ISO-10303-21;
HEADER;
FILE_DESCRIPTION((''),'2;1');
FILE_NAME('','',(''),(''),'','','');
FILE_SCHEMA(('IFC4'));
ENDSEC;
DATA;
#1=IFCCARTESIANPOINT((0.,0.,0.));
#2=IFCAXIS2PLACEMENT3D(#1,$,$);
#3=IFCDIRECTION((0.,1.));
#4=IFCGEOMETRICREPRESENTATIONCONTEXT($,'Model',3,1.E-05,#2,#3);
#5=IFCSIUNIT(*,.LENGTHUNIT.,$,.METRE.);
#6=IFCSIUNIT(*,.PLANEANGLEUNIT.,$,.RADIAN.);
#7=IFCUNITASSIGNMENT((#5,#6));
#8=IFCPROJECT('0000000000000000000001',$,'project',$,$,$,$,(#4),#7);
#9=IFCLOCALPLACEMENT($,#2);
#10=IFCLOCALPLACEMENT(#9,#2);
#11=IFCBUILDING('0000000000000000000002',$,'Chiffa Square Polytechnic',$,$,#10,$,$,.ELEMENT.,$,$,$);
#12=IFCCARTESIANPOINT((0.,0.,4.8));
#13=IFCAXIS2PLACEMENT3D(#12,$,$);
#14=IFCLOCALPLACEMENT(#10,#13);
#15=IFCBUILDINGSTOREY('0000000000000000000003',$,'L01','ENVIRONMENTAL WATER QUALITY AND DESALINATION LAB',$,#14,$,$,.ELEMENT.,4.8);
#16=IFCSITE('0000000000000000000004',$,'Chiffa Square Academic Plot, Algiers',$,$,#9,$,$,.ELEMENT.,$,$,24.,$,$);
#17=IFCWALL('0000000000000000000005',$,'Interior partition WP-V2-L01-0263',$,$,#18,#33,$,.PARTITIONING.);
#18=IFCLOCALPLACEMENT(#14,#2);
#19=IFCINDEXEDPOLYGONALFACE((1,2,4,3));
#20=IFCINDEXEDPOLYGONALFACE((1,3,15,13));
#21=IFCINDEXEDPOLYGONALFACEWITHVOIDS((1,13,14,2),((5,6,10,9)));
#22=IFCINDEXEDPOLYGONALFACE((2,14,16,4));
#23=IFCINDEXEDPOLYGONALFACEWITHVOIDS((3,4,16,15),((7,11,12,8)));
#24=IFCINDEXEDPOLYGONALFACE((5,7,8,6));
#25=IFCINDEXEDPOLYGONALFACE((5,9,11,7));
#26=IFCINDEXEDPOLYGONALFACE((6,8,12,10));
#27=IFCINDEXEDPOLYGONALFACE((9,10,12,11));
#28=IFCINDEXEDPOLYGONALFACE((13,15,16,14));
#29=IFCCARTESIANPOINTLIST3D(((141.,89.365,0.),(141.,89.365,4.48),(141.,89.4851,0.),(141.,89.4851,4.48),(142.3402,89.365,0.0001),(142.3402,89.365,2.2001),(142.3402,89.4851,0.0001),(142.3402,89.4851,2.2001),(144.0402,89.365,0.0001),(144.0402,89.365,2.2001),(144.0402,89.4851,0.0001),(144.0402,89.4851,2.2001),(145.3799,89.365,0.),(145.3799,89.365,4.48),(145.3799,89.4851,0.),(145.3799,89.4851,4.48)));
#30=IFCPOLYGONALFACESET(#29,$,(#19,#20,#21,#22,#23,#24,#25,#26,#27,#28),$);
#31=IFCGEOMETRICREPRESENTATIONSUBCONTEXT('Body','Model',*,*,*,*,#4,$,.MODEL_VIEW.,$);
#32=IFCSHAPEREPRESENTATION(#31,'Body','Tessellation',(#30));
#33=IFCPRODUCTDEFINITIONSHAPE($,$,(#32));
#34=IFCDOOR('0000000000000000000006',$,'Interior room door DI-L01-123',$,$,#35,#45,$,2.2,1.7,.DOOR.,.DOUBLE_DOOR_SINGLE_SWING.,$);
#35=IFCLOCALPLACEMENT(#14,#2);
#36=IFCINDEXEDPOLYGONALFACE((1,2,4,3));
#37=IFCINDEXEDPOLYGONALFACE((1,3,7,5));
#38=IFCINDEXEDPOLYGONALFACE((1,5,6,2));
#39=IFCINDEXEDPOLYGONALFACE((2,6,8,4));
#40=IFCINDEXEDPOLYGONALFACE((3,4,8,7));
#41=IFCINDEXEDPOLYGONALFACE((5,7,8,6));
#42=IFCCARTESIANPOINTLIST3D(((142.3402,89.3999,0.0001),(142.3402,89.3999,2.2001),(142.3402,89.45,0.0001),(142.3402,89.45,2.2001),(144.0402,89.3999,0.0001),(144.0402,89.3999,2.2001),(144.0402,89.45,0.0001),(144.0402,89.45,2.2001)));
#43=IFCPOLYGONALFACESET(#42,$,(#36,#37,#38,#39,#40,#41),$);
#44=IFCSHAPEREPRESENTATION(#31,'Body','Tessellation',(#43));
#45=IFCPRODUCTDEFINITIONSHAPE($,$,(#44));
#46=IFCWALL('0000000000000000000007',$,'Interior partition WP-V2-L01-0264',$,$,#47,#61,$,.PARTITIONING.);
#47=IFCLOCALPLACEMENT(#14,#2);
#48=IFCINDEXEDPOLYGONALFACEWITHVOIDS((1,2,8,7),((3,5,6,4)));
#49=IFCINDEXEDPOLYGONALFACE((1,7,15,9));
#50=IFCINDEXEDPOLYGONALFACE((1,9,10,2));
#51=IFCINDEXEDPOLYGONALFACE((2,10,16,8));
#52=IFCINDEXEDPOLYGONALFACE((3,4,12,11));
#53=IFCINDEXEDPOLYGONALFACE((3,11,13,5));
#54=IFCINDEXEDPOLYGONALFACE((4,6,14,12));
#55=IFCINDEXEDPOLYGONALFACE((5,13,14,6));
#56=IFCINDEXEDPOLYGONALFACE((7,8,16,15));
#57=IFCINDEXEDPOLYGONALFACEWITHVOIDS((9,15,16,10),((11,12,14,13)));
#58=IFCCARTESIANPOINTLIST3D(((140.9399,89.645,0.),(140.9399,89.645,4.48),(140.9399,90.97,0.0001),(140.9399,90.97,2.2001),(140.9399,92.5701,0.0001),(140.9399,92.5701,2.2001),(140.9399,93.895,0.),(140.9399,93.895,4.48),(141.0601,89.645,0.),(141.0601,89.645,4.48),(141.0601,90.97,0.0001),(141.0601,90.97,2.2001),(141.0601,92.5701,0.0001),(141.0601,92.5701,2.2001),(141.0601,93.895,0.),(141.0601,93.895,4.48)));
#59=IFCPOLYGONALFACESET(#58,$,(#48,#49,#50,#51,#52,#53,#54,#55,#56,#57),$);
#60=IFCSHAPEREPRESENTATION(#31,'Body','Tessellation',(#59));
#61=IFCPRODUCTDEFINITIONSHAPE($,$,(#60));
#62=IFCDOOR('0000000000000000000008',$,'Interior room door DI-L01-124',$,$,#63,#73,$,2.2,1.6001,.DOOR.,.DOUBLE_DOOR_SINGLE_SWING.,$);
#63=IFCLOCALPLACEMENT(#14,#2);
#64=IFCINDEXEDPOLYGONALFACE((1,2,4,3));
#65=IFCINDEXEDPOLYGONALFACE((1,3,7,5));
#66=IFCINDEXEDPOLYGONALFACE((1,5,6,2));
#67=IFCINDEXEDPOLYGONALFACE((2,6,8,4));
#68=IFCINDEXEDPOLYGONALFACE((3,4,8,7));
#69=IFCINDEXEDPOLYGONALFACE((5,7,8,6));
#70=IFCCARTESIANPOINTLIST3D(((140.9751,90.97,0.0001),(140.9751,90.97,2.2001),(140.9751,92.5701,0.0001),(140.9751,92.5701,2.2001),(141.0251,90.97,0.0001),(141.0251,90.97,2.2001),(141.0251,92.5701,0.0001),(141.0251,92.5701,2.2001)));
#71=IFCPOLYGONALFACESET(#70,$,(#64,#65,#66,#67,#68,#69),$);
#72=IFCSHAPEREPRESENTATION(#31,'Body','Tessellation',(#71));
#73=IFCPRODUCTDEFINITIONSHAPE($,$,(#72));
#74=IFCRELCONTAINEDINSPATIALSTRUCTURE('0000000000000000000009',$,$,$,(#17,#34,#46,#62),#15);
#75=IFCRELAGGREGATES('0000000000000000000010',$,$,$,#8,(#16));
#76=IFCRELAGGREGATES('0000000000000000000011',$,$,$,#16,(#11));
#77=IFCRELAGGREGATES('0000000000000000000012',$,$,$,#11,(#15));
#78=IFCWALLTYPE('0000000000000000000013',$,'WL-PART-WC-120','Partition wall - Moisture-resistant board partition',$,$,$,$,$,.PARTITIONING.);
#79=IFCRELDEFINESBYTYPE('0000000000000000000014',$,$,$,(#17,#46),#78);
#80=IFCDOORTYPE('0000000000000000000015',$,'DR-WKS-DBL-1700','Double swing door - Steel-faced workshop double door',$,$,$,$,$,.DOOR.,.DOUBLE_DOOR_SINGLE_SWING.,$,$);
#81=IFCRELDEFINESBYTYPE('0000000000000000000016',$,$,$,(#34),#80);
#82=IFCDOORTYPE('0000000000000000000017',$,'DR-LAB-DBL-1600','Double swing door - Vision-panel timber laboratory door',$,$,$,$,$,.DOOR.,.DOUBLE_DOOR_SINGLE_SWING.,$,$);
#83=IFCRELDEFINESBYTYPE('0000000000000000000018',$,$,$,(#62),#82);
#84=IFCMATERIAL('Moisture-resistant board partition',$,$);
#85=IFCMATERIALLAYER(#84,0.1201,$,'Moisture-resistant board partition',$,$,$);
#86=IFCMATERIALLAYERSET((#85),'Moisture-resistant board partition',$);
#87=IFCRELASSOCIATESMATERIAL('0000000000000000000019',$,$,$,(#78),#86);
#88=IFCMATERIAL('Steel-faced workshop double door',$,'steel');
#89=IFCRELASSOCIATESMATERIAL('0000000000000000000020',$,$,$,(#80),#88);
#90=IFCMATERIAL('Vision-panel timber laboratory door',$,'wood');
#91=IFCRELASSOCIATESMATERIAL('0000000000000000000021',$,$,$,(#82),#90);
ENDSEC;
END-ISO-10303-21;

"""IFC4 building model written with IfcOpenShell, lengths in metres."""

from ifc_helpers import new_model, si_unit, direction, frame, frame_2d, origin, place, context, subcontext, project, spatial, rectangle, extrude, material, layer, layer_set, type_object, element, fill, save


model = new_model("IFC4")

# Units and contexts
model_context = context("Model", 3, precision=1e-05, world=origin(), true_north=direction((0.0, 1.0)))
body_context = subcontext(model_context, "Body", "Model", "MODEL_VIEW")
ifc_project = project(units=[si_unit("LENGTHUNIT", "METRE"), si_unit("PLANEANGLEUNIT", "RADIAN")], contexts=[model_context])

# Site, building, storey
site_placement = place(None, origin())
site = spatial("IfcSite", under=ifc_project, at=site_placement, Name="Chiffa Square Academic Plot, Algiers", CompositionType="ELEMENT", RefElevation=24.0)
building_placement = place(site_placement, origin())
building = spatial("IfcBuilding", under=site, at=building_placement, Name="Chiffa Square Polytechnic", CompositionType="ELEMENT")
storey_placement = place(building_placement, frame((0.0, 0.0, 4.8)))
storey = spatial("IfcBuildingStorey", under=building, at=storey_placement, Name="L01", Description="ENVIRONMENTAL WATER QUALITY AND DESALINATION LAB", CompositionType="ELEMENT", Elevation=4.8)

# Shared definitions
ifc_material_1 = material(Name="Moisture-resistant board partition")
ifc_layer_1 = layer(ifc_material_1, 0.1201, Name="Moisture-resistant board partition")
ifc_layer_set_1 = layer_set([ifc_layer_1], Name="Moisture-resistant board partition")
wall_type_1 = type_object("IfcWallType", Name="WL-PART-WC-120", Description="Partition wall - Moisture-resistant board partition", PredefinedType="PARTITIONING", material=ifc_layer_set_1)
ifc_material_2 = material(Name="Steel-faced workshop double door", Category="steel")
door_type_1 = type_object("IfcDoorType", Name="DR-WKS-DBL-1700", Description="Double swing door - Steel-faced workshop double door", OperationType="DOUBLE_DOOR_SINGLE_SWING", PredefinedType="DOOR", material=ifc_material_2)

# Walls, openings, doors
wall_1_placement = place(storey_placement, frame((141.0, 89.425, 0.0), z_axis=(0.0, 0.0, 1.0), x_axis=(1.0, 0.0, 0.0)))
wall_1 = element("IfcWall", 1, at=wall_1_placement, inside=storey, type_object=wall_type_1, Name="Interior partition WP-V2-L01-0263", PredefinedType="PARTITIONING", context=body_context, shape_type="SweptSolid", body=[
    extrude(rectangle(XDim=4.3799, YDim=0.1201, at=frame_2d((2.1899, 0.0))), origin(), (0.0, 0.0, 1.0), 4.48),
])
opening_1_placement = place(wall_1_placement, frame((1.3401, 0.0, 0.0)))
opening_1 = element("IfcOpeningElement", 2, at=opening_1_placement, cuts=wall_1, PredefinedType="OPENING", context=body_context, shape_type="SweptSolid", body=[
    extrude(rectangle(XDim=1.7, YDim=2.2, at=frame_2d((0.8501, 1.1001))), frame((0.0, 0.0701, 0.0), z_axis=(0.0, -1.0, 0.0), x_axis=(1.0, 0.0, 0.0)), (0.0, 0.0, 1.0), 0.1401),
])
door_1_placement = place(opening_1_placement, origin())
door_1 = element("IfcDoor", 3, at=door_1_placement, inside=storey, type_object=door_type_1, Name="Interior room door DI-L01-123", OperationType="DOUBLE_DOOR_SINGLE_SWING", OverallHeight=2.2, OverallWidth=1.7, PredefinedType="DOOR", context=body_context, shape_type="SweptSolid", body=[
    extrude(rectangle(XDim=1.7, YDim=2.2, at=frame_2d((0.8501, 1.1001))), frame((0.0, 0.0249, 0.0), z_axis=(0.0, -1.0, 0.0), x_axis=(1.0, 0.0, 0.0)), (0.0, 0.0, 1.0), 0.05),
])
fill(opening_1, door_1)
wall_2_placement = place(storey_placement, frame((141.0, 89.645, 0.0), z_axis=(0.0, 0.0, 1.0), x_axis=(0.0, 1.0, 0.0)))
wall_2 = element("IfcWall", 4, at=wall_2_placement, inside=storey, type_object=wall_type_1, Name="Interior partition WP-V2-L01-0264", PredefinedType="PARTITIONING", context=body_context, shape_type="SweptSolid", body=[
    extrude(rectangle(XDim=4.25, YDim=0.1201, at=frame_2d((2.125, 0.0))), origin(), (0.0, 0.0, 1.0), 4.48),
])
opening_2_placement = place(wall_2_placement, frame((1.325, 0.0, 0.0)))
opening_2 = element("IfcOpeningElement", 5, at=opening_2_placement, cuts=wall_2, PredefinedType="OPENING", context=body_context, shape_type="SweptSolid", body=[
    extrude(rectangle(XDim=1.6001, YDim=2.2, at=frame_2d((0.8, 1.1001))), frame((0.0, 0.0701, 0.0), z_axis=(0.0, -1.0, 0.0), x_axis=(1.0, 0.0, 0.0)), (0.0, 0.0, 1.0), 0.1401),
])
ifc_material_3 = material(Name="Vision-panel timber laboratory door", Category="wood")
door_type_2 = type_object("IfcDoorType", Name="DR-LAB-DBL-1600", Description="Double swing door - Vision-panel timber laboratory door", OperationType="DOUBLE_DOOR_SINGLE_SWING", PredefinedType="DOOR", material=ifc_material_3)
door_2_placement = place(opening_2_placement, origin())
door_2 = element("IfcDoor", 6, at=door_2_placement, inside=storey, type_object=door_type_2, Name="Interior room door DI-L01-124", OperationType="DOUBLE_DOOR_SINGLE_SWING", OverallHeight=2.2, OverallWidth=1.6001, PredefinedType="DOOR", context=body_context, shape_type="SweptSolid", body=[
    extrude(rectangle(XDim=1.6001, YDim=2.2, at=frame_2d((0.8, 1.1001))), frame((0.0, 0.0249, 0.0), z_axis=(0.0, -1.0, 0.0), x_axis=(1.0, 0.0, 0.0)), (0.0, 0.0, 1.0), 0.05),
])
fill(opening_2, door_2)

save(model, "model.ifc")
